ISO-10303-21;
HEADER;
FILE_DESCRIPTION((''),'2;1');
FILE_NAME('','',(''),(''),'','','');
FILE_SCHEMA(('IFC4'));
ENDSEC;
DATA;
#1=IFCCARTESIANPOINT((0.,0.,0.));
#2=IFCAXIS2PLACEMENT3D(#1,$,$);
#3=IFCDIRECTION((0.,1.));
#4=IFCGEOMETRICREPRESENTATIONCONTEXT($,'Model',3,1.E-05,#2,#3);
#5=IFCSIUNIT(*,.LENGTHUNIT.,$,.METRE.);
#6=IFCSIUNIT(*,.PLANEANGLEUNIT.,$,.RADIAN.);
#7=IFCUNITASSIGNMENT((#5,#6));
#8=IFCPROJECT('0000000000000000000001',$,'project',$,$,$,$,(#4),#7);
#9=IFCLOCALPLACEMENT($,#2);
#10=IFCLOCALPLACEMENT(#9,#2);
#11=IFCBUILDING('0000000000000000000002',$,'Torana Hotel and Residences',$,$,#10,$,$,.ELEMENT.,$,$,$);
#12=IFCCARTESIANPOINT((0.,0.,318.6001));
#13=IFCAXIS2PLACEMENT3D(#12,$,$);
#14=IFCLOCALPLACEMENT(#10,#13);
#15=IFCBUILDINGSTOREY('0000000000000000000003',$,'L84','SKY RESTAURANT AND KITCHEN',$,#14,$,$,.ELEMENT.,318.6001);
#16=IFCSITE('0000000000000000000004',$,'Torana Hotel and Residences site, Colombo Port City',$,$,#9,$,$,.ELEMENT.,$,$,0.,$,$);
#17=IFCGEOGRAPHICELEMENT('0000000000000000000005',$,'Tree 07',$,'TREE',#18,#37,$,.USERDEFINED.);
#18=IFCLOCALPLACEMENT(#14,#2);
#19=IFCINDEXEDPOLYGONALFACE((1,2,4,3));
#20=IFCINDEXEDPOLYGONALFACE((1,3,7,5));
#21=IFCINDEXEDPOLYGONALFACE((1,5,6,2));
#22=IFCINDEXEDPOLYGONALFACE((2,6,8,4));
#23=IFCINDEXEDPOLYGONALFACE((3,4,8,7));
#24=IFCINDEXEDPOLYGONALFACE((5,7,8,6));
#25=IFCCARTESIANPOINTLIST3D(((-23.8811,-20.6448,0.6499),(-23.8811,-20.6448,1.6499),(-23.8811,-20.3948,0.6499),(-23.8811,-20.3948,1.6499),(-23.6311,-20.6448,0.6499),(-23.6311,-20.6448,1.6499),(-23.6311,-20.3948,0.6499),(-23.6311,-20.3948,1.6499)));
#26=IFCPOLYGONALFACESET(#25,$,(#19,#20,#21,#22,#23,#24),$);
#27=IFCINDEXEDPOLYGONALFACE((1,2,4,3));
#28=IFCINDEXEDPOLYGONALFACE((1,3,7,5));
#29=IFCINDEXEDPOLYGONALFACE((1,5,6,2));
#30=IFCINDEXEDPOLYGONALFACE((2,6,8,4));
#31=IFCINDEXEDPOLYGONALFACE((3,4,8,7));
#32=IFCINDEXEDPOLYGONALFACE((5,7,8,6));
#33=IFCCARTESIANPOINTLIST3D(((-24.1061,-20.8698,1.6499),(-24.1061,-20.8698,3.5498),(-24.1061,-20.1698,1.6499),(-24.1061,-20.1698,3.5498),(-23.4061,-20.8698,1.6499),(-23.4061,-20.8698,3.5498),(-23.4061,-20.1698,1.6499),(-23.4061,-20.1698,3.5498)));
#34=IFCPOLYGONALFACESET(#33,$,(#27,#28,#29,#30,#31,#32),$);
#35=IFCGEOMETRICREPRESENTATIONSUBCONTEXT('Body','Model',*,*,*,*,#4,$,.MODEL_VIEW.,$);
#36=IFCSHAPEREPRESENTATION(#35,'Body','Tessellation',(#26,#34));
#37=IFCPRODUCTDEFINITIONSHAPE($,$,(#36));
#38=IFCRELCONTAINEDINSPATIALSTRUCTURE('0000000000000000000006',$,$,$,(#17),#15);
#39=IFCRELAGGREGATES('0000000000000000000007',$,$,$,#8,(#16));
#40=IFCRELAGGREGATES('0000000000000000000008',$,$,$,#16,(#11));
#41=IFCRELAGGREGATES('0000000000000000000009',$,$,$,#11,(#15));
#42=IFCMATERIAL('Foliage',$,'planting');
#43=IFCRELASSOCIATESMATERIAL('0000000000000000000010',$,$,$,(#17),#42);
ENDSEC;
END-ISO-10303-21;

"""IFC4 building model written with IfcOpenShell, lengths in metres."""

from ifc_helpers import new_model, si_unit, direction, frame, origin, origin_2d, place, context, subcontext, project, spatial, rectangle, extrude, material, element, save


model = new_model("IFC4")

# Units and contexts
model_context = context("Model", 3, precision=1e-05, world=origin(), true_north=direction((0.0, 1.0)))
body_context = subcontext(model_context, "Body", "Model", "MODEL_VIEW")
ifc_project = project(units=[si_unit("LENGTHUNIT", "METRE"), si_unit("PLANEANGLEUNIT", "RADIAN")], contexts=[model_context])

# Site, building, storey
site_placement = place(None, origin())
site = spatial("IfcSite", under=ifc_project, at=site_placement, Name="Torana Hotel and Residences site, Colombo Port City", CompositionType="ELEMENT", RefElevation=0.0)
building_placement = place(site_placement, origin())
building = spatial("IfcBuilding", under=site, at=building_placement, Name="Torana Hotel and Residences", CompositionType="ELEMENT")
storey_placement = place(building_placement, frame((0.0, 0.0, 318.6001)))
storey = spatial("IfcBuildingStorey", under=building, at=storey_placement, Name="L84", Description="SKY RESTAURANT AND KITCHEN", CompositionType="ELEMENT", Elevation=318.6001)

# Geographic element
ifc_material_1 = material(Name="Foliage", Category="planting")
geographic_element_placement = place(storey_placement, frame((-23.7561, -20.5198, 0.6499), z_axis=(0.0, 0.0, 1.0), x_axis=(1.0, 0.0, 0.0)))
element("IfcGeographicElement", 1, at=geographic_element_placement, inside=storey, material=ifc_material_1, Name="Tree 07", ObjectType="TREE", PredefinedType="USERDEFINED", context=body_context, shape_type="SweptSolid", body=[
    extrude(rectangle(XDim=0.25, YDim=0.25, at=origin_2d()), origin(), (0.0, 0.0, 1.0), 1.0),
    extrude(rectangle(XDim=0.7, YDim=0.7, at=origin_2d()), frame((0.0, 0.0, 1.0)), (0.0, 0.0, 1.0), 1.8999),
])

save(model, "model.ifc")
